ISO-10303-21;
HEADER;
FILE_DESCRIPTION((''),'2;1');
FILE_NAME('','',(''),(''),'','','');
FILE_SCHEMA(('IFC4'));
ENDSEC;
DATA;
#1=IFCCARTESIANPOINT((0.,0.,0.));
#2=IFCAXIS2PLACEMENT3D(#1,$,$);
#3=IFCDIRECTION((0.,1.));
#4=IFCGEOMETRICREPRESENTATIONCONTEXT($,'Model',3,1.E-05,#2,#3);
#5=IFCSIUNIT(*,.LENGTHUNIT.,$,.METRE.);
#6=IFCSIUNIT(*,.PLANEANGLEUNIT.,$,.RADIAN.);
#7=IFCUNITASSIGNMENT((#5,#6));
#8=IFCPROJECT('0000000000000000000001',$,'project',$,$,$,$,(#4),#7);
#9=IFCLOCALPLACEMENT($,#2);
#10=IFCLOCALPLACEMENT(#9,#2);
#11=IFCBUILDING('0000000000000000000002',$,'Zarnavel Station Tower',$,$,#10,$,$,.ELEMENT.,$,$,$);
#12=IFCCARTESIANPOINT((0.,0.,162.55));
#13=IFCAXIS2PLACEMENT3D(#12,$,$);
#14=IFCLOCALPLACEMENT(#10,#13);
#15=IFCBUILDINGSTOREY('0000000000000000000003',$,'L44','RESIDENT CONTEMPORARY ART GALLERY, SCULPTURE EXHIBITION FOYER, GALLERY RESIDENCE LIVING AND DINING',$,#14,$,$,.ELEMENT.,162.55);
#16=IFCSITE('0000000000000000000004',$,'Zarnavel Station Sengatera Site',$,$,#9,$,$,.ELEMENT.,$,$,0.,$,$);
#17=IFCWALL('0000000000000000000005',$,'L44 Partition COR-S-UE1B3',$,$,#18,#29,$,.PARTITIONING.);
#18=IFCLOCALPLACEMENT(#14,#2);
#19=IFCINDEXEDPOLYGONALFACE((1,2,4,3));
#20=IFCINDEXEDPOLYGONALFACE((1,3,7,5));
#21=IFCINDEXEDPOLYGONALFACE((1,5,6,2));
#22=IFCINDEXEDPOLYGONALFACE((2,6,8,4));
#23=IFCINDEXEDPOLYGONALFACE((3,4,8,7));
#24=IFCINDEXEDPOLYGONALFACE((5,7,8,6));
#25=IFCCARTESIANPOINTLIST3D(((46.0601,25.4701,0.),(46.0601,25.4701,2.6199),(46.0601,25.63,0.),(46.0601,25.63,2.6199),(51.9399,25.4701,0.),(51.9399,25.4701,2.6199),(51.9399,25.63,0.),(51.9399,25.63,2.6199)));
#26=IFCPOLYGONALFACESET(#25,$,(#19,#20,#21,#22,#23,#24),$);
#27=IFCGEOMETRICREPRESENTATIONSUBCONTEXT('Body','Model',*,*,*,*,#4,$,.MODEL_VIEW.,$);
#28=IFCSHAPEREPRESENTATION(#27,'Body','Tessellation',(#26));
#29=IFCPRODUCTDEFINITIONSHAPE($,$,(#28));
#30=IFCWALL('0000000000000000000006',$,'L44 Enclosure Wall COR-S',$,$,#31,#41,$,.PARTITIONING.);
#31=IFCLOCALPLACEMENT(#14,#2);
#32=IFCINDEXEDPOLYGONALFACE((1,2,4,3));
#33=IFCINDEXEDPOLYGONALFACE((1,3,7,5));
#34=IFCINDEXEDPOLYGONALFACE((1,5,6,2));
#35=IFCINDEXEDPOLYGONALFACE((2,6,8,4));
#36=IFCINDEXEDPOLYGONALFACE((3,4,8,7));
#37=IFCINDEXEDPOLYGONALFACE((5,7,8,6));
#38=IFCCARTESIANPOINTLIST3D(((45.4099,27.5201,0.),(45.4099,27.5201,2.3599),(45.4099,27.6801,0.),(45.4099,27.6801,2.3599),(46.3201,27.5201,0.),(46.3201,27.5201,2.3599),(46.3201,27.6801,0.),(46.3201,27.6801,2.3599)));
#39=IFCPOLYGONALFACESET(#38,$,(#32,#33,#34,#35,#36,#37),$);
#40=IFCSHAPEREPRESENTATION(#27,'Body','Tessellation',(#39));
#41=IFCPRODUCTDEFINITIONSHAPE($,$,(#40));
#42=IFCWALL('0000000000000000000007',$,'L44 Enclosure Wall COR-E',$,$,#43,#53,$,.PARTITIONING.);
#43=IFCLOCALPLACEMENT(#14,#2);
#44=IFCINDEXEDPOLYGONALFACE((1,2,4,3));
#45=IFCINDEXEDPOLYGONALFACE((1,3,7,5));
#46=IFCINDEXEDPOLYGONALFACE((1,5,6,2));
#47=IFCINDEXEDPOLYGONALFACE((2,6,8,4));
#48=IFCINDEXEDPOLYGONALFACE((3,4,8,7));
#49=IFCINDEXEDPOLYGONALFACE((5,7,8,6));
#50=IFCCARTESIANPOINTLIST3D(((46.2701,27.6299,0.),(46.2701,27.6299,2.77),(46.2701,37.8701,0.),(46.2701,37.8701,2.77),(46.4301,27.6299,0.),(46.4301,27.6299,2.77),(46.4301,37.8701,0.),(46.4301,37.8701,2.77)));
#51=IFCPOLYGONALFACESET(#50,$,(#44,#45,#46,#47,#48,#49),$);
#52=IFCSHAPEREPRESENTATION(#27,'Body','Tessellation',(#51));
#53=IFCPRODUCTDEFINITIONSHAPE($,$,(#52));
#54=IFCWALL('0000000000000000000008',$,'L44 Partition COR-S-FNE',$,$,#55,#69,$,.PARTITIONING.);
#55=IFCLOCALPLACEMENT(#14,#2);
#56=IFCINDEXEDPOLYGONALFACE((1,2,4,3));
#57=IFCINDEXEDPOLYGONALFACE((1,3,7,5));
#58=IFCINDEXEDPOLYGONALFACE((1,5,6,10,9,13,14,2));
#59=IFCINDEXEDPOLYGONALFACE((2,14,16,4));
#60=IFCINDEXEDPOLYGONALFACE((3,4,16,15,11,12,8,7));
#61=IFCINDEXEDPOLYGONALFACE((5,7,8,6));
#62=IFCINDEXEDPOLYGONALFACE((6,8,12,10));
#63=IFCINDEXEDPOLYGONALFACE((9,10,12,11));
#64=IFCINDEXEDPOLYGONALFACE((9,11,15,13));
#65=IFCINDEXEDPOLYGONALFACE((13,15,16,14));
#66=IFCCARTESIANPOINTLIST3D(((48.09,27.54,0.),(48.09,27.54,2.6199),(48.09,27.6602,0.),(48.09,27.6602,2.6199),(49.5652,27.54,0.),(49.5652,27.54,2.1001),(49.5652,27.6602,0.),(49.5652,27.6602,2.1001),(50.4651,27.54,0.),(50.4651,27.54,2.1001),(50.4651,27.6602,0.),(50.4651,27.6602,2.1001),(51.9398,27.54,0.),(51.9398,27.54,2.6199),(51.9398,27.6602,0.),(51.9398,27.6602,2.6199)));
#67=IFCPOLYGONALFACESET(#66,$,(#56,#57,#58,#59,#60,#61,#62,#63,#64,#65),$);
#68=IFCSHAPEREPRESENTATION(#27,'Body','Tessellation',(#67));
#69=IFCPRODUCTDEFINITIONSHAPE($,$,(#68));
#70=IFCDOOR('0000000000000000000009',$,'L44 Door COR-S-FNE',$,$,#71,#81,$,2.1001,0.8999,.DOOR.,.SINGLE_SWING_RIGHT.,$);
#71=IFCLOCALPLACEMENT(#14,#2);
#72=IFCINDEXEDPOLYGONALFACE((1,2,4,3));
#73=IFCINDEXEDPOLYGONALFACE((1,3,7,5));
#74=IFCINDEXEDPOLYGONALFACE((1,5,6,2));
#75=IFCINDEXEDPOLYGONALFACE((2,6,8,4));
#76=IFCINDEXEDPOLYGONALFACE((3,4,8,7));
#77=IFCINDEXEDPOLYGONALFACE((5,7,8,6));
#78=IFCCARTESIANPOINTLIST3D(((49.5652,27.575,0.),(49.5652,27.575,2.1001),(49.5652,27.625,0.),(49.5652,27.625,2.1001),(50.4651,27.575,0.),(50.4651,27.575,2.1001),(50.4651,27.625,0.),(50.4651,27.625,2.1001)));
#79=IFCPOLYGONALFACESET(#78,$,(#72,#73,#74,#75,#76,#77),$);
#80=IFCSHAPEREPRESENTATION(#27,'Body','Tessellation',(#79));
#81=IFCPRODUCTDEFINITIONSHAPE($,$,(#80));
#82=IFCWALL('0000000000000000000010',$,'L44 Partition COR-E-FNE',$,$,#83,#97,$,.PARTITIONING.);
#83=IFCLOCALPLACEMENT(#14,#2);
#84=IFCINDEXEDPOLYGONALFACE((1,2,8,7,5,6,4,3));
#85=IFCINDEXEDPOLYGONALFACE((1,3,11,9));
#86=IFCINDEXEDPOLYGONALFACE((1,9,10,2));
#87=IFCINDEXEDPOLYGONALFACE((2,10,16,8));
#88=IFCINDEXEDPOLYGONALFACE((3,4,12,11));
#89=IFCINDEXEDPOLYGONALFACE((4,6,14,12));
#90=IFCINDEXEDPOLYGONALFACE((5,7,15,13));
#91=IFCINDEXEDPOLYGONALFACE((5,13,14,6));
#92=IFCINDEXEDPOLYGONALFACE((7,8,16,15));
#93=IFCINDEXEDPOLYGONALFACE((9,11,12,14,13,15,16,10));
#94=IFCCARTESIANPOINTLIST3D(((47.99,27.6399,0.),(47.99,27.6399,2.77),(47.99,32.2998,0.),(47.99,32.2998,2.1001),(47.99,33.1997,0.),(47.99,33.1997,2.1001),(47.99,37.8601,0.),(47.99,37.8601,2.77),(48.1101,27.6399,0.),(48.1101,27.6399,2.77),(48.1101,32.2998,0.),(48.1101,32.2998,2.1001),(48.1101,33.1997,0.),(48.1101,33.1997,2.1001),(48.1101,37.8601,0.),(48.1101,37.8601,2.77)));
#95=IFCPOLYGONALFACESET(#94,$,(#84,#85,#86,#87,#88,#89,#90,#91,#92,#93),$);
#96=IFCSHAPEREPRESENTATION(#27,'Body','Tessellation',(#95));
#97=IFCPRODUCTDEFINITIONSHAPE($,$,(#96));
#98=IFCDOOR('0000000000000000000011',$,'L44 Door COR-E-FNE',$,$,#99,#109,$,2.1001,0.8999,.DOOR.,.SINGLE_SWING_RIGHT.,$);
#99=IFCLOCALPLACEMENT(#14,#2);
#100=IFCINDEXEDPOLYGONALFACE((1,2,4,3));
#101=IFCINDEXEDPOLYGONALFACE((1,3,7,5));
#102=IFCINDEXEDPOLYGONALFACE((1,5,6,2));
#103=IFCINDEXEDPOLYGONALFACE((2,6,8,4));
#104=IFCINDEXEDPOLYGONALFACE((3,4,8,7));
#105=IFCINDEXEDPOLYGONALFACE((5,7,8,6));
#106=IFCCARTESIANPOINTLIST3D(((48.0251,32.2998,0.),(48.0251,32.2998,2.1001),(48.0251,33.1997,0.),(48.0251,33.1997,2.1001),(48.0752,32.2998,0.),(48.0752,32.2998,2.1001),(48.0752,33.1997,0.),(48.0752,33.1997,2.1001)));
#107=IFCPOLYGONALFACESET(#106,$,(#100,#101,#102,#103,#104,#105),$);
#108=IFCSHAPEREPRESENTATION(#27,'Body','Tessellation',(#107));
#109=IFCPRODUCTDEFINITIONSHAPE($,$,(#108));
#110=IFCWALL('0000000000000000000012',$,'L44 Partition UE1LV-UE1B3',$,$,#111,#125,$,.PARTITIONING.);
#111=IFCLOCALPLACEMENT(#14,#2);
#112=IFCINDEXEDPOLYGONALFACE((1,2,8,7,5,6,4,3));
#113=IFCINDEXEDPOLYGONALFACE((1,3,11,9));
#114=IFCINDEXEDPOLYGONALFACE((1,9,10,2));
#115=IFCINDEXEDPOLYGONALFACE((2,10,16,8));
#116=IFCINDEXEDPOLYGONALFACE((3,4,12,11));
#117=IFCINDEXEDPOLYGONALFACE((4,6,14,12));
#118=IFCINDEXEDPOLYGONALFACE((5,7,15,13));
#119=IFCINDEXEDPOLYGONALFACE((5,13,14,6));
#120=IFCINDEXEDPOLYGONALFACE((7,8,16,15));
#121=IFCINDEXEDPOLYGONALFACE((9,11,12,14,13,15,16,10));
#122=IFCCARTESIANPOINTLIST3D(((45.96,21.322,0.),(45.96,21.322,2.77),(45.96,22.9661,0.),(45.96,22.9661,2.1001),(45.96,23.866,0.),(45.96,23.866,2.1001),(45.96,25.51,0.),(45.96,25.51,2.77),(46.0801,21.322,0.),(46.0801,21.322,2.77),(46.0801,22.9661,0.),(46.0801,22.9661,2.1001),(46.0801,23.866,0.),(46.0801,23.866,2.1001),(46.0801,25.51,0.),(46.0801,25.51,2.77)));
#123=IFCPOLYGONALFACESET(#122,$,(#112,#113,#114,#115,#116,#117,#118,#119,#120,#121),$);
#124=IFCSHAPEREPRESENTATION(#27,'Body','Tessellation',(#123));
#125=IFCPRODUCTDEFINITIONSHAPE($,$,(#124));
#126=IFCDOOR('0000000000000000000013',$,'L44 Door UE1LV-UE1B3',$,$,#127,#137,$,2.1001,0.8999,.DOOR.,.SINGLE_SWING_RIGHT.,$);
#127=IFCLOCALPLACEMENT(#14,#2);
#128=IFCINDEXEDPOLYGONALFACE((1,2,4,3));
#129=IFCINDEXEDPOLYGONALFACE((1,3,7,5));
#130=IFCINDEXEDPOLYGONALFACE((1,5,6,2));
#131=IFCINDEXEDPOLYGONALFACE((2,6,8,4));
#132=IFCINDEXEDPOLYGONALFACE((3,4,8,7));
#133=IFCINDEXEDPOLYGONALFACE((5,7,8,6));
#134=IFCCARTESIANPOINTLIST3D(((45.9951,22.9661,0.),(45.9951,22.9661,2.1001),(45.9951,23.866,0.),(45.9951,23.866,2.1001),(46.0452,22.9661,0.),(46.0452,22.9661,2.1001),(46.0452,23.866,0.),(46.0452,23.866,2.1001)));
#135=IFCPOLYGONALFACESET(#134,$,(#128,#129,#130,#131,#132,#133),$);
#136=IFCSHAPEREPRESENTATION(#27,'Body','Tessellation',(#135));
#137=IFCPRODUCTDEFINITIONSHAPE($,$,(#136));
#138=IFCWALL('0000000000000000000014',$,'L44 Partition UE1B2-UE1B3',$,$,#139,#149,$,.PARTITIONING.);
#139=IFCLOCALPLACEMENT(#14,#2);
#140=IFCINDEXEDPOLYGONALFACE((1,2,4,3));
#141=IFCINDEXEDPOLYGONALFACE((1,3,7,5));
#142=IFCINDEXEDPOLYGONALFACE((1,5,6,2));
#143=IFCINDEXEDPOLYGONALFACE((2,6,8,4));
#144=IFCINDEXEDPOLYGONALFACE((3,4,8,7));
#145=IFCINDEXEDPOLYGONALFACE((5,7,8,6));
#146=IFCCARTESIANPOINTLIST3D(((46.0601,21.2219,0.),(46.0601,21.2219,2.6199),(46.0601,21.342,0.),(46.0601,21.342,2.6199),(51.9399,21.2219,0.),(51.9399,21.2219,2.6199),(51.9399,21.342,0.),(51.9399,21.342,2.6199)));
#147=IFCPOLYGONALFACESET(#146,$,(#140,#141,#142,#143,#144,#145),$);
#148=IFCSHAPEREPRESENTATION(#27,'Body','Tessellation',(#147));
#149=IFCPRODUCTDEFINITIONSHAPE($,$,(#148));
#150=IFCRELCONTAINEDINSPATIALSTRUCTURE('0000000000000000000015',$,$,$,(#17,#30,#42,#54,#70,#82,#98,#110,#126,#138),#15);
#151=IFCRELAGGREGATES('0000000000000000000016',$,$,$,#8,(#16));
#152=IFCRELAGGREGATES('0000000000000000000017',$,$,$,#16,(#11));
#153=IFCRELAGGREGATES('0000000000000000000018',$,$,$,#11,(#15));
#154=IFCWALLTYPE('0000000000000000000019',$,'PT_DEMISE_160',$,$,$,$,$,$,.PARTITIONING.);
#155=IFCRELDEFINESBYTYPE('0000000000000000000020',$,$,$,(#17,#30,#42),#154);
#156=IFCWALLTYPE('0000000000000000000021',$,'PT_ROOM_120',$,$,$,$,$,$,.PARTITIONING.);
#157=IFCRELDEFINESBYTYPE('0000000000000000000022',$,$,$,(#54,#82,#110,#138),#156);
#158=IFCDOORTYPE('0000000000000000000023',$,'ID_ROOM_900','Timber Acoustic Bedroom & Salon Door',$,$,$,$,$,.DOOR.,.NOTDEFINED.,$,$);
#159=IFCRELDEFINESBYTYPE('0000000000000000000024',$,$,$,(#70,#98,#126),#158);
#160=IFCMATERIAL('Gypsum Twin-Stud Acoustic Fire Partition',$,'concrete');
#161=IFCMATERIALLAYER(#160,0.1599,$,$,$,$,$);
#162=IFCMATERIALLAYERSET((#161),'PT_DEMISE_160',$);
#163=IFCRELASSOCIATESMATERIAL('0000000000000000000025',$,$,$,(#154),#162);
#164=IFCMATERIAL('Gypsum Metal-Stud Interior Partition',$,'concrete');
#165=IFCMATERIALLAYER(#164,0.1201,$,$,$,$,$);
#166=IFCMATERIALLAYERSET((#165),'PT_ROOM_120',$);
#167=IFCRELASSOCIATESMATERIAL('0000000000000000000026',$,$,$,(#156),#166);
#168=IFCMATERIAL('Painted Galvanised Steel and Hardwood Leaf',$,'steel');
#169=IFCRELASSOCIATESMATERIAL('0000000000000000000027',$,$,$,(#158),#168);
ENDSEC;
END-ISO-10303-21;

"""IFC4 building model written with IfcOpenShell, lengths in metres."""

from ifc_helpers import new_model, si_unit, direction, frame, frame_2d, origin, place, context, subcontext, project, spatial, rectangle, extrude, material, layer, layer_set, type_object, element, fill, save


model = new_model("IFC4")

# Units and contexts
model_context = context("Model", 3, precision=1e-05, world=origin(), true_north=direction((0.0, 1.0)))
body_context = subcontext(model_context, "Body", "Model", "MODEL_VIEW")
ifc_project = project(units=[si_unit("LENGTHUNIT", "METRE"), si_unit("PLANEANGLEUNIT", "RADIAN")], contexts=[model_context])

# Site, building, storey
site_placement = place(None, origin())
site = spatial("IfcSite", under=ifc_project, at=site_placement, Name="Zarnavel Station Sengatera Site", CompositionType="ELEMENT", RefElevation=0.0)
building_placement = place(site_placement, origin())
building = spatial("IfcBuilding", under=site, at=building_placement, Name="Zarnavel Station Tower", CompositionType="ELEMENT")
storey_placement = place(building_placement, frame((0.0, 0.0, 162.55)))
storey = spatial("IfcBuildingStorey", under=building, at=storey_placement, Name="L44", Description="RESIDENT CONTEMPORARY ART GALLERY, SCULPTURE EXHIBITION FOYER, GALLERY RESIDENCE LIVING AND DINING", CompositionType="ELEMENT", Elevation=162.55)

# Shared definitions
ifc_material_1 = material(Name="Gypsum Twin-Stud Acoustic Fire Partition", Category="concrete")
ifc_layer_1 = layer(ifc_material_1, 0.1599)
ifc_layer_set_1 = layer_set([ifc_layer_1], Name="PT_DEMISE_160")
wall_type_1 = type_object("IfcWallType", Name="PT_DEMISE_160", PredefinedType="PARTITIONING", material=ifc_layer_set_1)

# Walls
wall_1_placement = place(storey_placement, frame((46.0601, 25.55, 0.0), z_axis=(0.0, 0.0, 1.0), x_axis=(1.0, 0.0, 0.0)))
element("IfcWall", 1, at=wall_1_placement, inside=storey, type_object=wall_type_1, Name="L44 Partition COR-S-UE1B3", PredefinedType="PARTITIONING", context=body_context, shape_type="SweptSolid", body=[
    extrude(rectangle(XDim=5.8799, YDim=0.1599, at=frame_2d((2.9399, 0.0))), origin(), (0.0, 0.0, 1.0), 2.6199),
])
wall_2_placement = place(storey_placement, frame((45.4099, 27.6001, 0.0), z_axis=(0.0, 0.0, 1.0), x_axis=(1.0, 0.0, 0.0)))
element("IfcWall", 2, at=wall_2_placement, inside=storey, type_object=wall_type_1, Name="L44 Enclosure Wall COR-S", PredefinedType="PARTITIONING", context=body_context, shape_type="SweptSolid", body=[
    extrude(rectangle(XDim=0.9102, YDim=0.1599, at=frame_2d((0.4551, 0.0))), origin(), (0.0, 0.0, 1.0), 2.3599),
])
wall_3_placement = place(storey_placement, frame((46.3501, 27.6299, 0.0), z_axis=(0.0, 0.0, 1.0), x_axis=(0.0, 1.0, 0.0)))
element("IfcWall", 3, at=wall_3_placement, inside=storey, type_object=wall_type_1, Name="L44 Enclosure Wall COR-E", PredefinedType="PARTITIONING", context=body_context, shape_type="SweptSolid", body=[
    extrude(rectangle(XDim=10.2402, YDim=0.1599, at=frame_2d((5.1201, 0.0))), origin(), (0.0, 0.0, 1.0), 2.77),
])

# Walls, openings, doors
ifc_material_2 = material(Name="Gypsum Metal-Stud Interior Partition", Category="concrete")
ifc_layer_2 = layer(ifc_material_2, 0.1201)
ifc_layer_set_2 = layer_set([ifc_layer_2], Name="PT_ROOM_120")
wall_type_2 = type_object("IfcWallType", Name="PT_ROOM_120", PredefinedType="PARTITIONING", material=ifc_layer_set_2)
wall_4_placement = place(storey_placement, frame((48.0901, 27.6001, 0.0), z_axis=(0.0, 0.0, 1.0), x_axis=(1.0, 0.0, 0.0)))
wall_4 = element("IfcWall", 4, at=wall_4_placement, inside=storey, type_object=wall_type_2, Name="L44 Partition COR-S-FNE", PredefinedType="PARTITIONING", context=body_context, shape_type="SweptSolid", body=[
    extrude(rectangle(XDim=3.8499, YDim=0.1201, at=frame_2d((1.9248, 0.0))), origin(), (0.0, 0.0, 1.0), 2.6199),
])
opening_1_placement = place(wall_4_placement, frame((1.4751, 0.0, 0.0)))
opening_1 = element("IfcOpeningElement", 5, at=opening_1_placement, cuts=wall_4, PredefinedType="OPENING", context=body_context, shape_type="SweptSolid", body=[
    extrude(rectangle(XDim=0.8999, YDim=2.1001, at=frame_2d((0.45, 1.05))), frame((0.0, 0.0701, 0.0), z_axis=(0.0, -1.0, 0.0), x_axis=(1.0, 0.0, 0.0)), (0.0, 0.0, 1.0), 0.1401),
])
ifc_material_3 = material(Name="Painted Galvanised Steel and Hardwood Leaf", Category="steel")
door_type_1 = type_object("IfcDoorType", Name="ID_ROOM_900", Description="Timber Acoustic Bedroom & Salon Door", OperationType="NOTDEFINED", PredefinedType="DOOR", material=ifc_material_3)
door_1_placement = place(opening_1_placement, origin())
door_1 = element("IfcDoor", 6, at=door_1_placement, inside=storey, type_object=door_type_1, Name="L44 Door COR-S-FNE", OperationType="SINGLE_SWING_RIGHT", OverallHeight=2.1001, OverallWidth=0.8999, PredefinedType="DOOR", context=body_context, shape_type="SweptSolid", body=[
    extrude(rectangle(XDim=0.8999, YDim=2.1001, at=frame_2d((0.45, 1.05))), frame((0.0, 0.0249, 0.0), z_axis=(0.0, -1.0, 0.0), x_axis=(1.0, 0.0, 0.0)), (0.0, 0.0, 1.0), 0.05),
])
fill(opening_1, door_1)
wall_5_placement = place(storey_placement, frame((48.05, 27.6399, 0.0), z_axis=(0.0, 0.0, 1.0), x_axis=(0.0, 1.0, 0.0)))
wall_5 = element("IfcWall", 7, at=wall_5_placement, inside=storey, type_object=wall_type_2, Name="L44 Partition COR-E-FNE", PredefinedType="PARTITIONING", context=body_context, shape_type="SweptSolid", body=[
    extrude(rectangle(XDim=10.2202, YDim=0.1201, at=frame_2d((5.1101, 0.0))), origin(), (0.0, 0.0, 1.0), 2.77),
])
opening_2_placement = place(wall_5_placement, frame((4.6599, 0.0, 0.0)))
opening_2 = element("IfcOpeningElement", 8, at=opening_2_placement, cuts=wall_5, PredefinedType="OPENING", context=body_context, shape_type="SweptSolid", body=[
    extrude(rectangle(XDim=0.8999, YDim=2.1001, at=frame_2d((0.45, 1.05))), frame((0.0, 0.0701, 0.0), z_axis=(0.0, -1.0, 0.0), x_axis=(1.0, 0.0, 0.0)), (0.0, 0.0, 1.0), 0.1401),
])
door_2_placement = place(opening_2_placement, origin())
door_2 = element("IfcDoor", 9, at=door_2_placement, inside=storey, type_object=door_type_1, Name="L44 Door COR-E-FNE", OperationType="SINGLE_SWING_RIGHT", OverallHeight=2.1001, OverallWidth=0.8999, PredefinedType="DOOR", context=body_context, shape_type="SweptSolid", body=[
    extrude(rectangle(XDim=0.8999, YDim=2.1001, at=frame_2d((0.45, 1.05))), frame((0.0, 0.0249, 0.0), z_axis=(0.0, -1.0, 0.0), x_axis=(1.0, 0.0, 0.0)), (0.0, 0.0, 1.0), 0.05),
])
fill(opening_2, door_2)
wall_6_placement = place(storey_placement, frame((46.02, 21.322, 0.0), z_axis=(0.0, 0.0, 1.0), x_axis=(0.0, 1.0, 0.0)))
wall_6 = element("IfcWall", 10, at=wall_6_placement, inside=storey, type_object=wall_type_2, Name="L44 Partition UE1LV-UE1B3", PredefinedType="PARTITIONING", context=body_context, shape_type="SweptSolid", body=[
    extrude(rectangle(XDim=4.188, YDim=0.1201, at=frame_2d((2.094, 0.0))), origin(), (0.0, 0.0, 1.0), 2.77),
])
opening_3_placement = place(wall_6_placement, frame((1.644, 0.0, 0.0)))
opening_3 = element("IfcOpeningElement", 11, at=opening_3_placement, cuts=wall_6, PredefinedType="OPENING", context=body_context, shape_type="SweptSolid", body=[
    extrude(rectangle(XDim=0.8999, YDim=2.1001, at=frame_2d((0.45, 1.05))), frame((0.0, 0.0701, 0.0), z_axis=(0.0, -1.0, 0.0), x_axis=(1.0, 0.0, 0.0)), (0.0, 0.0, 1.0), 0.1401),
])
door_3_placement = place(opening_3_placement, origin())
door_3 = element("IfcDoor", 12, at=door_3_placement, inside=storey, type_object=door_type_1, Name="L44 Door UE1LV-UE1B3", OperationType="SINGLE_SWING_RIGHT", OverallHeight=2.1001, OverallWidth=0.8999, PredefinedType="DOOR", context=body_context, shape_type="SweptSolid", body=[
    extrude(rectangle(XDim=0.8999, YDim=2.1001, at=frame_2d((0.45, 1.05))), frame((0.0, 0.0249, 0.0), z_axis=(0.0, -1.0, 0.0), x_axis=(1.0, 0.0, 0.0)), (0.0, 0.0, 1.0), 0.05),
])
fill(opening_3, door_3)

# Wall
wall_7_placement = place(storey_placement, frame((46.0601, 21.282, 0.0), z_axis=(0.0, 0.0, 1.0), x_axis=(1.0, 0.0, 0.0)))
element("IfcWall", 13, at=wall_7_placement, inside=storey, type_object=wall_type_2, Name="L44 Partition UE1B2-UE1B3", PredefinedType="PARTITIONING", context=body_context, shape_type="SweptSolid", body=[
    extrude(rectangle(XDim=5.8799, YDim=0.1201, at=frame_2d((2.9399, 0.0))), origin(), (0.0, 0.0, 1.0), 2.6199),
])

save(model, "model.ifc")
